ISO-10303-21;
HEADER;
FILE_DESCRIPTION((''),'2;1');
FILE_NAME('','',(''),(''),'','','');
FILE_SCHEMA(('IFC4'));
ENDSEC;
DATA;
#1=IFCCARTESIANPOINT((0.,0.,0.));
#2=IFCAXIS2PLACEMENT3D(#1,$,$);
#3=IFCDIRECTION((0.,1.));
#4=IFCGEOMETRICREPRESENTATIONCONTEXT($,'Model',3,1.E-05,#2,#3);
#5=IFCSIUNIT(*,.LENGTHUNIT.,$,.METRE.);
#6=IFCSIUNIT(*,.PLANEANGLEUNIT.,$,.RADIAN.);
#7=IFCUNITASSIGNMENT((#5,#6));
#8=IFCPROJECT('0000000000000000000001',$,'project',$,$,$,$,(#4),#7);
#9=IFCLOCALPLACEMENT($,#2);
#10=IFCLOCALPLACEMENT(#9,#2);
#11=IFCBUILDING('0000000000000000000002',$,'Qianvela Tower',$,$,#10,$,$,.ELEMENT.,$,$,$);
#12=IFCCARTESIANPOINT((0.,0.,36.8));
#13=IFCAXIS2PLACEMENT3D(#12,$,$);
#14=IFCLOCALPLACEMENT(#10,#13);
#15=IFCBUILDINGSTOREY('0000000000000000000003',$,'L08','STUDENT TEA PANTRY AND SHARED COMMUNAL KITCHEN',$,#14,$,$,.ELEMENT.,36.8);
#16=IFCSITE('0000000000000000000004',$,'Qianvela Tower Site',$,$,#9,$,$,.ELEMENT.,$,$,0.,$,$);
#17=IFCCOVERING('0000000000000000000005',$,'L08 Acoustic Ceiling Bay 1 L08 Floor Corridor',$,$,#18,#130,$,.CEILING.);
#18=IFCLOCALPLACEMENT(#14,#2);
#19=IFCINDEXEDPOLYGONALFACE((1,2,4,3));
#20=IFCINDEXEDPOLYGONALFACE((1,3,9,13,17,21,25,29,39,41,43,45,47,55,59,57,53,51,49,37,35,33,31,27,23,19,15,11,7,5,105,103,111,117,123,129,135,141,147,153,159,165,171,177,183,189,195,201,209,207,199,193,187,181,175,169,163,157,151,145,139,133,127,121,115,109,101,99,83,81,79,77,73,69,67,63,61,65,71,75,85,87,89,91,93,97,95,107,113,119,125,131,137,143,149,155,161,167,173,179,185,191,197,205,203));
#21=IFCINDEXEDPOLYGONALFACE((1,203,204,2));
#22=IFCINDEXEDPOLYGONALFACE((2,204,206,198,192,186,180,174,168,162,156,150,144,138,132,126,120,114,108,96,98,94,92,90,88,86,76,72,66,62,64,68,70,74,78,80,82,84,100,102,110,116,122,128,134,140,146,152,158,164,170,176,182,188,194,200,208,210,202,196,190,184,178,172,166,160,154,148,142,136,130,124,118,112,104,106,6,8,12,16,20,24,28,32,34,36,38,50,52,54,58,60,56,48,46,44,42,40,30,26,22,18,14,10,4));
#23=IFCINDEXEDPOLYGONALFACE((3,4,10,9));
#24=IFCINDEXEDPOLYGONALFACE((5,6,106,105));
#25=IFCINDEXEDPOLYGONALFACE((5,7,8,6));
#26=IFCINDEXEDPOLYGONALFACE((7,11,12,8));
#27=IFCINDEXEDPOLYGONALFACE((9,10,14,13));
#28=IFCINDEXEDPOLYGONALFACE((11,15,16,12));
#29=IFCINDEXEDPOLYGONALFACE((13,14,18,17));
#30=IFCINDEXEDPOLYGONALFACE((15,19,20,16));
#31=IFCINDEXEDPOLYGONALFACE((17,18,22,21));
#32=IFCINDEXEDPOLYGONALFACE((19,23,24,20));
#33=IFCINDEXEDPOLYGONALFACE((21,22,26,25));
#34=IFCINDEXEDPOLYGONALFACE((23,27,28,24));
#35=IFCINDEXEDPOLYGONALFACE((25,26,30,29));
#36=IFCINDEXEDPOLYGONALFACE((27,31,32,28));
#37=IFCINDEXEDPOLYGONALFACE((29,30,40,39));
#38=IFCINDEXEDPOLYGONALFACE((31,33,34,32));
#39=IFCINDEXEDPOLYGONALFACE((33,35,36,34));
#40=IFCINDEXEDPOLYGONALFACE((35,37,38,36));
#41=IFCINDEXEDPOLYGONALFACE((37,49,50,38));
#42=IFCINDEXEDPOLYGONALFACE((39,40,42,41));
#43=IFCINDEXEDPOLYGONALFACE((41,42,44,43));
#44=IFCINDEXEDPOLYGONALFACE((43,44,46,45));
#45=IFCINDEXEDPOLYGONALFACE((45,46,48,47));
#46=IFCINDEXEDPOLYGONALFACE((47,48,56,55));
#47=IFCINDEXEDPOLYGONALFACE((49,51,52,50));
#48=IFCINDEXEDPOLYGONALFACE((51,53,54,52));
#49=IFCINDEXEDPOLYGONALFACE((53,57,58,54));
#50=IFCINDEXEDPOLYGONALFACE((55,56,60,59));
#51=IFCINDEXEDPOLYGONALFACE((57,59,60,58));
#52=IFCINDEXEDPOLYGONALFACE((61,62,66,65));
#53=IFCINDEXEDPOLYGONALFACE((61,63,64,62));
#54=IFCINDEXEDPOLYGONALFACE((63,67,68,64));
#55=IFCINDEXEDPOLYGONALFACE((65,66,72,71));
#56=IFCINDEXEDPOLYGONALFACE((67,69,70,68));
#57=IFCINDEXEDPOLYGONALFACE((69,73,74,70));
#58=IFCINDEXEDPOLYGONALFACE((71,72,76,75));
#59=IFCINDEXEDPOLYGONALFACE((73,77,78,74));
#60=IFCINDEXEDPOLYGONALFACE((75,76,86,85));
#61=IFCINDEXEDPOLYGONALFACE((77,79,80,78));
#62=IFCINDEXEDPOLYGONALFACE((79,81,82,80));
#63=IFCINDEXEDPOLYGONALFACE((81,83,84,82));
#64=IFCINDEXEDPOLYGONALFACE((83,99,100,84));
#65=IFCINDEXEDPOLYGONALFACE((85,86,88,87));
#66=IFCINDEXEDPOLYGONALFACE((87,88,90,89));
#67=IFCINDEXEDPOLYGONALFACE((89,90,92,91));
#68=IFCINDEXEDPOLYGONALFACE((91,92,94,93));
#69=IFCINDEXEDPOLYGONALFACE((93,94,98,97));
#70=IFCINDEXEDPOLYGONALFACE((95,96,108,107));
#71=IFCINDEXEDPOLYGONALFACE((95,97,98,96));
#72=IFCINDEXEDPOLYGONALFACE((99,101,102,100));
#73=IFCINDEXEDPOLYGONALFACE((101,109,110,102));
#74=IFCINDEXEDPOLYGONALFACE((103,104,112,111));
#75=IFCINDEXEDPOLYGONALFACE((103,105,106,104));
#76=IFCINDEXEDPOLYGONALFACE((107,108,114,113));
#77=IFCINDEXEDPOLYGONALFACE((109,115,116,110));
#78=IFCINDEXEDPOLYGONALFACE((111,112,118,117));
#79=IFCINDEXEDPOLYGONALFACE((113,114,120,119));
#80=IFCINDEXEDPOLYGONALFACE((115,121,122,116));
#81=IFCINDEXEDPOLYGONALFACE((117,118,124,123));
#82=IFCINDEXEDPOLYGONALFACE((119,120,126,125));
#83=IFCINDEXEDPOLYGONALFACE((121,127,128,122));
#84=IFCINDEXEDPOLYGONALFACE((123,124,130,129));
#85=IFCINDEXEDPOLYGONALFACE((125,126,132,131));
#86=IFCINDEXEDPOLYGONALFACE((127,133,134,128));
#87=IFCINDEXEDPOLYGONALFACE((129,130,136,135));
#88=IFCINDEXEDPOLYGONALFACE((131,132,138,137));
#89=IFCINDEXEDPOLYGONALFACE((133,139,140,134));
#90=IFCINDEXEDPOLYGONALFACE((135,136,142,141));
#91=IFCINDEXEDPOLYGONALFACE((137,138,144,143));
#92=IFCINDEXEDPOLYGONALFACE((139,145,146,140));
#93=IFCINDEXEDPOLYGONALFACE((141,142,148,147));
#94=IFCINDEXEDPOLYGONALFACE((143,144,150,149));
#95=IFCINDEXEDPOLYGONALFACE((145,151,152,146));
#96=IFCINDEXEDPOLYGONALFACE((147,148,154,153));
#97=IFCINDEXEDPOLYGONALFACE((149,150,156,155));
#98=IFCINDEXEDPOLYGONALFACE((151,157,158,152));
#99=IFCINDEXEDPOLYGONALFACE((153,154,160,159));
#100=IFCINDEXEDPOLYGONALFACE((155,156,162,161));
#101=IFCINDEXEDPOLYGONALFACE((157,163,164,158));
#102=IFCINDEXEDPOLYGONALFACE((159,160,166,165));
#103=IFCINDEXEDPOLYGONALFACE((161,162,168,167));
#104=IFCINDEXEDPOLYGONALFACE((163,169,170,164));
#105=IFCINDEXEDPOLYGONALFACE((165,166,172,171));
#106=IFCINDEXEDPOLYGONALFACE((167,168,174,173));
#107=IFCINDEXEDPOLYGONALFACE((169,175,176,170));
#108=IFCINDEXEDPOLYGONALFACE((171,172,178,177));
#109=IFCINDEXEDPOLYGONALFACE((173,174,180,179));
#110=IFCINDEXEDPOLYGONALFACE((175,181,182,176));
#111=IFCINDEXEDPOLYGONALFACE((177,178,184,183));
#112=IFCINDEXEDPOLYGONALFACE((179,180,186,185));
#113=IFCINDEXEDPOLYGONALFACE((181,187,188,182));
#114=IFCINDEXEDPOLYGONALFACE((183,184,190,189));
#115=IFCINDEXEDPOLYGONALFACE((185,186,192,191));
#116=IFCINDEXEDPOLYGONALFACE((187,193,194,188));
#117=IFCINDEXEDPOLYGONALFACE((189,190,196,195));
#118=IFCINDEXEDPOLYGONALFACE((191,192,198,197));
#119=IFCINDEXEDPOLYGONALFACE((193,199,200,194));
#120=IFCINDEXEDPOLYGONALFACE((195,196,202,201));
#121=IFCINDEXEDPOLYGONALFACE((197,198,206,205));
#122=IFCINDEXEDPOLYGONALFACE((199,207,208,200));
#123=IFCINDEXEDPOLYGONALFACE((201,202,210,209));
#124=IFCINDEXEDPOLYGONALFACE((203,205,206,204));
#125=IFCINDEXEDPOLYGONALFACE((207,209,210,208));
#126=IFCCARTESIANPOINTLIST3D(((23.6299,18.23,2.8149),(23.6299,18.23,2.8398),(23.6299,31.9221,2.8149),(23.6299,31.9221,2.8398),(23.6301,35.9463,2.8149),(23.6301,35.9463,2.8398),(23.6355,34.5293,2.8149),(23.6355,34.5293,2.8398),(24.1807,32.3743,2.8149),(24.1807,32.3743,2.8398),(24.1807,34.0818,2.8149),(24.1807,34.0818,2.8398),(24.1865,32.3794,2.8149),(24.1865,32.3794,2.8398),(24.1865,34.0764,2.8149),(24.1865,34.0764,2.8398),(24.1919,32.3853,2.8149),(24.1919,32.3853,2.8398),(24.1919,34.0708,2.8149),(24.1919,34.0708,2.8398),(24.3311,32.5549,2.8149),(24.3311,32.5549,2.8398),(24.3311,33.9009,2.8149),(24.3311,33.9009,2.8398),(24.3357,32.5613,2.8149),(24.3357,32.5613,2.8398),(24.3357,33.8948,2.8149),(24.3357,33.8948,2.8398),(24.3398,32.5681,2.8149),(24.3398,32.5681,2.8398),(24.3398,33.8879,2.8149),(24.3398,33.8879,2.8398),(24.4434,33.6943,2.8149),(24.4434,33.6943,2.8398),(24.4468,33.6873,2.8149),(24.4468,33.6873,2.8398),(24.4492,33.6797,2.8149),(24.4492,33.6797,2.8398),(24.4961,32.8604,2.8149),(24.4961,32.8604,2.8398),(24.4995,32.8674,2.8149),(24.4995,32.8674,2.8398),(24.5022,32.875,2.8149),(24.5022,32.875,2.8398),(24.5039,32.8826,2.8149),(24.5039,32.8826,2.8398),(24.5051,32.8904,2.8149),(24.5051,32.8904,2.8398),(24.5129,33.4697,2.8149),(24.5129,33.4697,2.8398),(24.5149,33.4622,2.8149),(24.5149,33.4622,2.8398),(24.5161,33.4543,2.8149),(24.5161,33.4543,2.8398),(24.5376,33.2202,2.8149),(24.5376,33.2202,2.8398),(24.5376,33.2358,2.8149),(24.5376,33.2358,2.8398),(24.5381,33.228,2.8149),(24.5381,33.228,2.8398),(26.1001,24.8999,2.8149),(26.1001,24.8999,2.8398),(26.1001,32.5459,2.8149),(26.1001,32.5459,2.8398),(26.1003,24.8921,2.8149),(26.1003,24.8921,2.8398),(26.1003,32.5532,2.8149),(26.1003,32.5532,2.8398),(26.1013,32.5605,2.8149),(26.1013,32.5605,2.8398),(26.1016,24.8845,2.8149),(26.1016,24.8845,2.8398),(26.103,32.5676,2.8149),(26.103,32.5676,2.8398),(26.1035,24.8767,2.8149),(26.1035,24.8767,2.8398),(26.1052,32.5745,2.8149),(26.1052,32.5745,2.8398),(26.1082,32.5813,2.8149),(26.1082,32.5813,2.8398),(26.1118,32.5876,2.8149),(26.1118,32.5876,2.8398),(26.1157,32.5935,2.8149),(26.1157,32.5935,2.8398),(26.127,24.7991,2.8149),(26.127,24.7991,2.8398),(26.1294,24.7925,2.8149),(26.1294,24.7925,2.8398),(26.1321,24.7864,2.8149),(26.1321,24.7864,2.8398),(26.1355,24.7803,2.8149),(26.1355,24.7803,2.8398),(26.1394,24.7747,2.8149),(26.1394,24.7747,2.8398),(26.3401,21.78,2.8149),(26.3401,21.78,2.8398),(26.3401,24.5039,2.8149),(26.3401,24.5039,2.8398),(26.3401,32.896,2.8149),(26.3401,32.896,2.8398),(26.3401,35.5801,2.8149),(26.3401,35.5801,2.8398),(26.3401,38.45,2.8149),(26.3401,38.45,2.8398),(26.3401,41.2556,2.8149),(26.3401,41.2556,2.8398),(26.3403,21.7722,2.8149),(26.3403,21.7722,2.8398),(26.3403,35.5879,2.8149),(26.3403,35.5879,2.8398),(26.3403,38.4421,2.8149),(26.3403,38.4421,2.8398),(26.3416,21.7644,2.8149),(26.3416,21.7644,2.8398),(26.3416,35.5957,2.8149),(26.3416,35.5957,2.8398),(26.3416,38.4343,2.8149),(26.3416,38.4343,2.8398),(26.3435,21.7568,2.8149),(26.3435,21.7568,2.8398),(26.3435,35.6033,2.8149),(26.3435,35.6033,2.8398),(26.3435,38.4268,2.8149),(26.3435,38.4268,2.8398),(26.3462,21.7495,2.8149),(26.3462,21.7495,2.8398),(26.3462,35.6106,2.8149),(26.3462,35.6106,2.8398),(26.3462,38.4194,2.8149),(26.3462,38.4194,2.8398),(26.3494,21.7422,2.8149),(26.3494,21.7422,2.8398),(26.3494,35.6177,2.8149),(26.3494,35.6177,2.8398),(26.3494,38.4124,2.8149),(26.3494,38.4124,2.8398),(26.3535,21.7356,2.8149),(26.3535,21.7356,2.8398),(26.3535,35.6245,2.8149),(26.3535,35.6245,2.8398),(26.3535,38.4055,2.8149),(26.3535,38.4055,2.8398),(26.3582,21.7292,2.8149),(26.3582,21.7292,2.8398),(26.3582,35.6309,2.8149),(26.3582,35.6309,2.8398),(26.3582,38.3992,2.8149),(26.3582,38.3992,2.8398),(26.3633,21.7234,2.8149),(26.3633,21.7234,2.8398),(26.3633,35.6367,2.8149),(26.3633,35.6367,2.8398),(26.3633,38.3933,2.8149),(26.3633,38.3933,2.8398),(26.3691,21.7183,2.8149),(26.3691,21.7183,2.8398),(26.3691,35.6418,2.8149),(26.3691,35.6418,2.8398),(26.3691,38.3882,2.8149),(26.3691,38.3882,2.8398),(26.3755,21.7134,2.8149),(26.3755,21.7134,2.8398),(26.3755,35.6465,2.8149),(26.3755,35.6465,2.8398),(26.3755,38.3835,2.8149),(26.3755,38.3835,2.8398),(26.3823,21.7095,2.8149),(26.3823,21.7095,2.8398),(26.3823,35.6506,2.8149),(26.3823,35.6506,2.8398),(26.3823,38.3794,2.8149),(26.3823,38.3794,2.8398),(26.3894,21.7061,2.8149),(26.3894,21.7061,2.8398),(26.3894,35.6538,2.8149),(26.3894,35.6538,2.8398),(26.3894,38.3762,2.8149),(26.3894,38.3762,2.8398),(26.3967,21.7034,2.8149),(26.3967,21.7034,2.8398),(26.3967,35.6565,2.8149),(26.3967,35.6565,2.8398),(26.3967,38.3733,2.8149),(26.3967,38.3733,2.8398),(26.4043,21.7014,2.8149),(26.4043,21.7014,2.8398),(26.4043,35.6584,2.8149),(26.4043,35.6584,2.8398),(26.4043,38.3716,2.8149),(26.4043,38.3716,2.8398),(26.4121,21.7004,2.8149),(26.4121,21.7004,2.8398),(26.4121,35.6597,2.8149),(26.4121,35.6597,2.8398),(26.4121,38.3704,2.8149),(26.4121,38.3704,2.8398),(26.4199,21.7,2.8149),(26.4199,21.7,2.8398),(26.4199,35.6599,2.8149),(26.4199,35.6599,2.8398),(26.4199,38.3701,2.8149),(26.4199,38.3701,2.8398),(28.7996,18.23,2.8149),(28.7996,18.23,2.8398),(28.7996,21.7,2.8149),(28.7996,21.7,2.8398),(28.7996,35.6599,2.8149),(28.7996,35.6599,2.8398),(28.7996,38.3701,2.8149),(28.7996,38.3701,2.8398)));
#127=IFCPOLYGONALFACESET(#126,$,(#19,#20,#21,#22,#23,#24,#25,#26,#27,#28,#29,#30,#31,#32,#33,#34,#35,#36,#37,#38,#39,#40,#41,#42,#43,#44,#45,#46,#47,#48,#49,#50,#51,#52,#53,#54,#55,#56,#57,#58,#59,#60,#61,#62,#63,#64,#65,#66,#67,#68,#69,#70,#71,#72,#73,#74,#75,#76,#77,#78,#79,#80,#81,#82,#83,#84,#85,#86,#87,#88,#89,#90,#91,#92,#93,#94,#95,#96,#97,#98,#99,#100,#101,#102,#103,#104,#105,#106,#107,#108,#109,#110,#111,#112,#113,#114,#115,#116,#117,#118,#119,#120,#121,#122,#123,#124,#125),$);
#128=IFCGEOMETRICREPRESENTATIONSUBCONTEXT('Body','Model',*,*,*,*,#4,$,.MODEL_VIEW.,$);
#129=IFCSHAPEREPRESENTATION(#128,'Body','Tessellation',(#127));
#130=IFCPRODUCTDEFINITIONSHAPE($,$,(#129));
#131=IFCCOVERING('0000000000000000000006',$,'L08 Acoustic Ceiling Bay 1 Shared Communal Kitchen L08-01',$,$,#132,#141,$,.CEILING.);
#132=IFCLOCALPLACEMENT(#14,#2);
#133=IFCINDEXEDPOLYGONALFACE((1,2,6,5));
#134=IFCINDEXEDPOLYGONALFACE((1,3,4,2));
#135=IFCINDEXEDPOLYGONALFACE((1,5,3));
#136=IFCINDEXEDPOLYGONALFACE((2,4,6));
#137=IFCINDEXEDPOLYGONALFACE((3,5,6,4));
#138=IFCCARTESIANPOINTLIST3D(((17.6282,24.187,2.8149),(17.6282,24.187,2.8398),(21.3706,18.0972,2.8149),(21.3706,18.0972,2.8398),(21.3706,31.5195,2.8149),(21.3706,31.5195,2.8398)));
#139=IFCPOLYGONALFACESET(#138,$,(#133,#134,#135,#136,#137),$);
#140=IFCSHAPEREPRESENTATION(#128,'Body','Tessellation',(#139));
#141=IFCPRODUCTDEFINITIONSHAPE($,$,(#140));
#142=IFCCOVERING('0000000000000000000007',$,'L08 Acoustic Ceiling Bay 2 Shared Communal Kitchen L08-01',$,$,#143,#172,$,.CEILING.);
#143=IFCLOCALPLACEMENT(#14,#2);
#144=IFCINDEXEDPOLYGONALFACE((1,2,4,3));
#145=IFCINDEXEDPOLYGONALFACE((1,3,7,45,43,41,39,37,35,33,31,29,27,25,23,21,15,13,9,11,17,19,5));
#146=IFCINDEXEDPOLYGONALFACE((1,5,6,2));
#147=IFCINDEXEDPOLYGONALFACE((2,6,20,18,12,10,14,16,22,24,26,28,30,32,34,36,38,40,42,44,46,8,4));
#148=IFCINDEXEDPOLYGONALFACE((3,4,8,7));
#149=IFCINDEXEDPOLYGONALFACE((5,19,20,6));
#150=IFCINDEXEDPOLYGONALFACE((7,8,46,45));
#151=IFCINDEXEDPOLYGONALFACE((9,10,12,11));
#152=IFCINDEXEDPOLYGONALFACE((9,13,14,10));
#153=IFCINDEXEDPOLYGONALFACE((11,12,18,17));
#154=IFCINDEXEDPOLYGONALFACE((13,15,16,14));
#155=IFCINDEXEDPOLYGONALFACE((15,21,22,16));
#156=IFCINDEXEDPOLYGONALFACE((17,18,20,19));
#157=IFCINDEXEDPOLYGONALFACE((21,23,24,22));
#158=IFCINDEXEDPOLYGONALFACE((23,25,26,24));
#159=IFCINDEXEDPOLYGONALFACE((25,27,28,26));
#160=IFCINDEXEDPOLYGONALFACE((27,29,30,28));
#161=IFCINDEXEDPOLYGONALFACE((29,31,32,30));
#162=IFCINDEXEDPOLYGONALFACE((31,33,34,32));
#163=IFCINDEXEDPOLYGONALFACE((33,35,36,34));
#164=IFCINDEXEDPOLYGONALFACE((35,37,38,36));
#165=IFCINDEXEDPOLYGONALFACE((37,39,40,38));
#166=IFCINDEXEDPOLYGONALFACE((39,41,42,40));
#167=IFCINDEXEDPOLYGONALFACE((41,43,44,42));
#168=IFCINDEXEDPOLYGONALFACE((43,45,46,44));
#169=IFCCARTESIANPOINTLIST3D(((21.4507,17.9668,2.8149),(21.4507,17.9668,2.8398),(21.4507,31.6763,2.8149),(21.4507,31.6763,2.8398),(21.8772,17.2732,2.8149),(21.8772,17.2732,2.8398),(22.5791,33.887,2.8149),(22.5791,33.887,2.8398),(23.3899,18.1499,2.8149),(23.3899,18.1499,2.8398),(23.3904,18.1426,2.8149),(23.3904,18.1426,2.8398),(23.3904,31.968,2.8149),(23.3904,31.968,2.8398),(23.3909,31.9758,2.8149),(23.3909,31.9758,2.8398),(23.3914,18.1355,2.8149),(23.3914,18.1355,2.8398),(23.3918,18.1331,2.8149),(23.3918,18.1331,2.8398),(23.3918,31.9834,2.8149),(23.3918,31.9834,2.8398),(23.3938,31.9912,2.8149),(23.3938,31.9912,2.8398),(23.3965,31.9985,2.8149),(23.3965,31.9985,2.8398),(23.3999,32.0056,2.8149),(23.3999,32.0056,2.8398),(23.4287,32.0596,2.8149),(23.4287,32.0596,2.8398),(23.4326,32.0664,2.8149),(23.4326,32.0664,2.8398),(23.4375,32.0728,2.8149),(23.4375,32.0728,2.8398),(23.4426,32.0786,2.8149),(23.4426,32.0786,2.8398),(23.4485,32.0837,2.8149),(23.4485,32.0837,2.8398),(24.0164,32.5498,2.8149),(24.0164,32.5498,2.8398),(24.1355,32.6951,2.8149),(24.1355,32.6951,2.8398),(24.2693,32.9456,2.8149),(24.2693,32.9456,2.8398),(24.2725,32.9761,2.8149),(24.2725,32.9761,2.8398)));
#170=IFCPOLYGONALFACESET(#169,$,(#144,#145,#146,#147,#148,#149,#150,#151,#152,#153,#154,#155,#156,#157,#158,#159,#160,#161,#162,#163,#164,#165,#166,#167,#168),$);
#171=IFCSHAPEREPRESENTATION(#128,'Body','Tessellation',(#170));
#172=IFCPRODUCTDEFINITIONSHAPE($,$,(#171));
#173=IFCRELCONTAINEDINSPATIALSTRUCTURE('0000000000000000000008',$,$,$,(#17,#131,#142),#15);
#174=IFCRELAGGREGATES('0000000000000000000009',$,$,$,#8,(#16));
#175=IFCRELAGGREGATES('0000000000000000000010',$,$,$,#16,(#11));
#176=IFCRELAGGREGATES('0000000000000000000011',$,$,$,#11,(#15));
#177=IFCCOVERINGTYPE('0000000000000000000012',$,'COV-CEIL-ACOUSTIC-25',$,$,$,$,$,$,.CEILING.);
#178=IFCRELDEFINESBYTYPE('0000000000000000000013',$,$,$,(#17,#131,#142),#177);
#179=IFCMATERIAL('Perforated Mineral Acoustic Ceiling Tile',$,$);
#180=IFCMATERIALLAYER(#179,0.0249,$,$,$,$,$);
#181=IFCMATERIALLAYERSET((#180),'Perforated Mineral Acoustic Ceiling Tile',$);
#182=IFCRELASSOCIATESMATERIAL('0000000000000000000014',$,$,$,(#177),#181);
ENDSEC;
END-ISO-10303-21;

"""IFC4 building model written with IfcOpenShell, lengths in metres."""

from ifc_helpers import new_model, si_unit, direction, frame, origin, place, context, subcontext, project, spatial, polyline, outline, extrude, material, layer, layer_set, type_object, element, save


model = new_model("IFC4")

# Units and contexts
model_context = context("Model", 3, precision=1e-05, world=origin(), true_north=direction((0.0, 1.0)))
body_context = subcontext(model_context, "Body", "Model", "MODEL_VIEW")
ifc_project = project(units=[si_unit("LENGTHUNIT", "METRE"), si_unit("PLANEANGLEUNIT", "RADIAN")], contexts=[model_context])

# Site, building, storey
site_placement = place(None, origin())
site = spatial("IfcSite", under=ifc_project, at=site_placement, Name="Qianvela Tower Site", CompositionType="ELEMENT", RefElevation=0.0)
building_placement = place(site_placement, origin())
building = spatial("IfcBuilding", under=site, at=building_placement, Name="Qianvela Tower", CompositionType="ELEMENT")
storey_placement = place(building_placement, frame((0.0, 0.0, 36.8)))
storey = spatial("IfcBuildingStorey", under=building, at=storey_placement, Name="L08", Description="STUDENT TEA PANTRY AND SHARED COMMUNAL KITCHEN", CompositionType="ELEMENT", Elevation=36.8)

# Coverings
ifc_material_1 = material(Name="Perforated Mineral Acoustic Ceiling Tile")
ifc_layer_1 = layer(ifc_material_1, 0.0249)
ifc_layer_set_1 = layer_set([ifc_layer_1], Name="Perforated Mineral Acoustic Ceiling Tile")
covering_type_1 = type_object("IfcCoveringType", Name="COV-CEIL-ACOUSTIC-25", PredefinedType="CEILING", material=ifc_layer_set_1)
covering_1_placement = place(storey_placement, frame((0.0, 0.0, 2.8149)))
element("IfcCovering", 1, at=covering_1_placement, inside=storey, type_object=covering_type_1, Name="L08 Acoustic Ceiling Bay 1 L08 Floor Corridor", PredefinedType="CEILING", context=body_context, shape_type="SweptSolid", body=[
    extrude(outline(polyline([(24.5149, 33.4622), (24.5129, 33.4697), (24.4492, 33.6797), (24.4468, 33.6873), (24.4434, 33.6943), (24.3398, 33.8879), (24.3357, 33.8948), (24.3311, 33.9009), (24.1919, 34.0708), (24.1865, 34.0764), (24.1807, 34.0818), (23.6355, 34.5293), (23.6301, 35.9463), (26.3401, 41.2556), (26.3401, 38.45), (26.3403, 38.4421), (26.3416, 38.4343), (26.3435, 38.4268), (26.3462, 38.4194), (26.3494, 38.4124), (26.3535, 38.4055), (26.3582, 38.3992), (26.3633, 38.3933), (26.3691, 38.3882), (26.3755, 38.3835), (26.3823, 38.3794), (26.3894, 38.3762), (26.3967, 38.3733), (26.4043, 38.3716), (26.4121, 38.3704), (26.4199, 38.3701), (28.7996, 38.3701), (28.7996, 35.6599), (26.4199, 35.6599), (26.4121, 35.6597), (26.4043, 35.6584), (26.3967, 35.6565), (26.3894, 35.6538), (26.3823, 35.6506), (26.3755, 35.6465), (26.3691, 35.6418), (26.3633, 35.6367), (26.3582, 35.6309), (26.3535, 35.6245), (26.3494, 35.6177), (26.3462, 35.6106), (26.3435, 35.6033), (26.3416, 35.5957), (26.3403, 35.5879), (26.3401, 35.5801), (26.3401, 32.896), (26.1157, 32.5935), (26.1118, 32.5876), (26.1082, 32.5813), (26.1052, 32.5745), (26.103, 32.5676), (26.1013, 32.5605), (26.1003, 32.5532), (26.1001, 32.5459), (26.1001, 24.8999), (26.1003, 24.8921), (26.1016, 24.8845), (26.1035, 24.8767), (26.127, 24.7991), (26.1294, 24.7925), (26.1321, 24.7864), (26.1355, 24.7803), (26.1394, 24.7747), (26.3401, 24.5039), (26.3401, 21.78), (26.3403, 21.7722), (26.3416, 21.7644), (26.3435, 21.7568), (26.3462, 21.7495), (26.3494, 21.7422), (26.3535, 21.7356), (26.3582, 21.7292), (26.3633, 21.7234), (26.3691, 21.7183), (26.3755, 21.7134), (26.3823, 21.7095), (26.3894, 21.7061), (26.3967, 21.7034), (26.4043, 21.7014), (26.4121, 21.7004), (26.4199, 21.7), (28.7996, 21.7), (28.7996, 18.23), (23.6299, 18.23), (23.6299, 31.9221), (24.1807, 32.3743), (24.1865, 32.3794), (24.1919, 32.3853), (24.3311, 32.5549), (24.3357, 32.5613), (24.3398, 32.5681), (24.4961, 32.8604), (24.4995, 32.8674), (24.5022, 32.875), (24.5039, 32.8826), (24.5051, 32.8904), (24.5376, 33.2202), (24.5381, 33.228), (24.5376, 33.2358), (24.5161, 33.4543), (24.5149, 33.4622)])), origin(), (0.0, 0.0, 1.0), 0.0249),
])
covering_2_placement = place(storey_placement, frame((0.0, 0.0, 2.8149)))
element("IfcCovering", 2, at=covering_2_placement, inside=storey, type_object=covering_type_1, Name="L08 Acoustic Ceiling Bay 1 Shared Communal Kitchen L08-01", PredefinedType="CEILING", context=body_context, shape_type="SweptSolid", body=[
    extrude(outline(polyline([(17.6282, 24.187), (21.3706, 31.5195), (21.3706, 18.0972), (17.6282, 24.187)])), origin(), (0.0, 0.0, 1.0), 0.0249),
])
covering_3_placement = place(storey_placement, frame((0.0, 0.0, 2.8149)))
element("IfcCovering", 3, at=covering_3_placement, inside=storey, type_object=covering_type_1, Name="L08 Acoustic Ceiling Bay 2 Shared Communal Kitchen L08-01", PredefinedType="CEILING", context=body_context, shape_type="SweptSolid", body=[
    extrude(outline(polyline([(24.2725, 32.9761), (24.2693, 32.9456), (24.1355, 32.6951), (24.0164, 32.5498), (23.4485, 32.0837), (23.4426, 32.0786), (23.4375, 32.0728), (23.4326, 32.0664), (23.4287, 32.0596), (23.3999, 32.0056), (23.3965, 31.9985), (23.3938, 31.9912), (23.3918, 31.9834), (23.3909, 31.9758), (23.3904, 31.968), (23.3899, 18.1499), (23.3904, 18.1426), (23.3914, 18.1355), (23.3918, 18.1331), (21.8772, 17.2732), (21.4507, 17.9668), (21.4507, 31.6763), (22.5791, 33.887), (24.2725, 32.9761)])), origin(), (0.0, 0.0, 1.0), 0.0249),
])

save(model, "model.ifc")
